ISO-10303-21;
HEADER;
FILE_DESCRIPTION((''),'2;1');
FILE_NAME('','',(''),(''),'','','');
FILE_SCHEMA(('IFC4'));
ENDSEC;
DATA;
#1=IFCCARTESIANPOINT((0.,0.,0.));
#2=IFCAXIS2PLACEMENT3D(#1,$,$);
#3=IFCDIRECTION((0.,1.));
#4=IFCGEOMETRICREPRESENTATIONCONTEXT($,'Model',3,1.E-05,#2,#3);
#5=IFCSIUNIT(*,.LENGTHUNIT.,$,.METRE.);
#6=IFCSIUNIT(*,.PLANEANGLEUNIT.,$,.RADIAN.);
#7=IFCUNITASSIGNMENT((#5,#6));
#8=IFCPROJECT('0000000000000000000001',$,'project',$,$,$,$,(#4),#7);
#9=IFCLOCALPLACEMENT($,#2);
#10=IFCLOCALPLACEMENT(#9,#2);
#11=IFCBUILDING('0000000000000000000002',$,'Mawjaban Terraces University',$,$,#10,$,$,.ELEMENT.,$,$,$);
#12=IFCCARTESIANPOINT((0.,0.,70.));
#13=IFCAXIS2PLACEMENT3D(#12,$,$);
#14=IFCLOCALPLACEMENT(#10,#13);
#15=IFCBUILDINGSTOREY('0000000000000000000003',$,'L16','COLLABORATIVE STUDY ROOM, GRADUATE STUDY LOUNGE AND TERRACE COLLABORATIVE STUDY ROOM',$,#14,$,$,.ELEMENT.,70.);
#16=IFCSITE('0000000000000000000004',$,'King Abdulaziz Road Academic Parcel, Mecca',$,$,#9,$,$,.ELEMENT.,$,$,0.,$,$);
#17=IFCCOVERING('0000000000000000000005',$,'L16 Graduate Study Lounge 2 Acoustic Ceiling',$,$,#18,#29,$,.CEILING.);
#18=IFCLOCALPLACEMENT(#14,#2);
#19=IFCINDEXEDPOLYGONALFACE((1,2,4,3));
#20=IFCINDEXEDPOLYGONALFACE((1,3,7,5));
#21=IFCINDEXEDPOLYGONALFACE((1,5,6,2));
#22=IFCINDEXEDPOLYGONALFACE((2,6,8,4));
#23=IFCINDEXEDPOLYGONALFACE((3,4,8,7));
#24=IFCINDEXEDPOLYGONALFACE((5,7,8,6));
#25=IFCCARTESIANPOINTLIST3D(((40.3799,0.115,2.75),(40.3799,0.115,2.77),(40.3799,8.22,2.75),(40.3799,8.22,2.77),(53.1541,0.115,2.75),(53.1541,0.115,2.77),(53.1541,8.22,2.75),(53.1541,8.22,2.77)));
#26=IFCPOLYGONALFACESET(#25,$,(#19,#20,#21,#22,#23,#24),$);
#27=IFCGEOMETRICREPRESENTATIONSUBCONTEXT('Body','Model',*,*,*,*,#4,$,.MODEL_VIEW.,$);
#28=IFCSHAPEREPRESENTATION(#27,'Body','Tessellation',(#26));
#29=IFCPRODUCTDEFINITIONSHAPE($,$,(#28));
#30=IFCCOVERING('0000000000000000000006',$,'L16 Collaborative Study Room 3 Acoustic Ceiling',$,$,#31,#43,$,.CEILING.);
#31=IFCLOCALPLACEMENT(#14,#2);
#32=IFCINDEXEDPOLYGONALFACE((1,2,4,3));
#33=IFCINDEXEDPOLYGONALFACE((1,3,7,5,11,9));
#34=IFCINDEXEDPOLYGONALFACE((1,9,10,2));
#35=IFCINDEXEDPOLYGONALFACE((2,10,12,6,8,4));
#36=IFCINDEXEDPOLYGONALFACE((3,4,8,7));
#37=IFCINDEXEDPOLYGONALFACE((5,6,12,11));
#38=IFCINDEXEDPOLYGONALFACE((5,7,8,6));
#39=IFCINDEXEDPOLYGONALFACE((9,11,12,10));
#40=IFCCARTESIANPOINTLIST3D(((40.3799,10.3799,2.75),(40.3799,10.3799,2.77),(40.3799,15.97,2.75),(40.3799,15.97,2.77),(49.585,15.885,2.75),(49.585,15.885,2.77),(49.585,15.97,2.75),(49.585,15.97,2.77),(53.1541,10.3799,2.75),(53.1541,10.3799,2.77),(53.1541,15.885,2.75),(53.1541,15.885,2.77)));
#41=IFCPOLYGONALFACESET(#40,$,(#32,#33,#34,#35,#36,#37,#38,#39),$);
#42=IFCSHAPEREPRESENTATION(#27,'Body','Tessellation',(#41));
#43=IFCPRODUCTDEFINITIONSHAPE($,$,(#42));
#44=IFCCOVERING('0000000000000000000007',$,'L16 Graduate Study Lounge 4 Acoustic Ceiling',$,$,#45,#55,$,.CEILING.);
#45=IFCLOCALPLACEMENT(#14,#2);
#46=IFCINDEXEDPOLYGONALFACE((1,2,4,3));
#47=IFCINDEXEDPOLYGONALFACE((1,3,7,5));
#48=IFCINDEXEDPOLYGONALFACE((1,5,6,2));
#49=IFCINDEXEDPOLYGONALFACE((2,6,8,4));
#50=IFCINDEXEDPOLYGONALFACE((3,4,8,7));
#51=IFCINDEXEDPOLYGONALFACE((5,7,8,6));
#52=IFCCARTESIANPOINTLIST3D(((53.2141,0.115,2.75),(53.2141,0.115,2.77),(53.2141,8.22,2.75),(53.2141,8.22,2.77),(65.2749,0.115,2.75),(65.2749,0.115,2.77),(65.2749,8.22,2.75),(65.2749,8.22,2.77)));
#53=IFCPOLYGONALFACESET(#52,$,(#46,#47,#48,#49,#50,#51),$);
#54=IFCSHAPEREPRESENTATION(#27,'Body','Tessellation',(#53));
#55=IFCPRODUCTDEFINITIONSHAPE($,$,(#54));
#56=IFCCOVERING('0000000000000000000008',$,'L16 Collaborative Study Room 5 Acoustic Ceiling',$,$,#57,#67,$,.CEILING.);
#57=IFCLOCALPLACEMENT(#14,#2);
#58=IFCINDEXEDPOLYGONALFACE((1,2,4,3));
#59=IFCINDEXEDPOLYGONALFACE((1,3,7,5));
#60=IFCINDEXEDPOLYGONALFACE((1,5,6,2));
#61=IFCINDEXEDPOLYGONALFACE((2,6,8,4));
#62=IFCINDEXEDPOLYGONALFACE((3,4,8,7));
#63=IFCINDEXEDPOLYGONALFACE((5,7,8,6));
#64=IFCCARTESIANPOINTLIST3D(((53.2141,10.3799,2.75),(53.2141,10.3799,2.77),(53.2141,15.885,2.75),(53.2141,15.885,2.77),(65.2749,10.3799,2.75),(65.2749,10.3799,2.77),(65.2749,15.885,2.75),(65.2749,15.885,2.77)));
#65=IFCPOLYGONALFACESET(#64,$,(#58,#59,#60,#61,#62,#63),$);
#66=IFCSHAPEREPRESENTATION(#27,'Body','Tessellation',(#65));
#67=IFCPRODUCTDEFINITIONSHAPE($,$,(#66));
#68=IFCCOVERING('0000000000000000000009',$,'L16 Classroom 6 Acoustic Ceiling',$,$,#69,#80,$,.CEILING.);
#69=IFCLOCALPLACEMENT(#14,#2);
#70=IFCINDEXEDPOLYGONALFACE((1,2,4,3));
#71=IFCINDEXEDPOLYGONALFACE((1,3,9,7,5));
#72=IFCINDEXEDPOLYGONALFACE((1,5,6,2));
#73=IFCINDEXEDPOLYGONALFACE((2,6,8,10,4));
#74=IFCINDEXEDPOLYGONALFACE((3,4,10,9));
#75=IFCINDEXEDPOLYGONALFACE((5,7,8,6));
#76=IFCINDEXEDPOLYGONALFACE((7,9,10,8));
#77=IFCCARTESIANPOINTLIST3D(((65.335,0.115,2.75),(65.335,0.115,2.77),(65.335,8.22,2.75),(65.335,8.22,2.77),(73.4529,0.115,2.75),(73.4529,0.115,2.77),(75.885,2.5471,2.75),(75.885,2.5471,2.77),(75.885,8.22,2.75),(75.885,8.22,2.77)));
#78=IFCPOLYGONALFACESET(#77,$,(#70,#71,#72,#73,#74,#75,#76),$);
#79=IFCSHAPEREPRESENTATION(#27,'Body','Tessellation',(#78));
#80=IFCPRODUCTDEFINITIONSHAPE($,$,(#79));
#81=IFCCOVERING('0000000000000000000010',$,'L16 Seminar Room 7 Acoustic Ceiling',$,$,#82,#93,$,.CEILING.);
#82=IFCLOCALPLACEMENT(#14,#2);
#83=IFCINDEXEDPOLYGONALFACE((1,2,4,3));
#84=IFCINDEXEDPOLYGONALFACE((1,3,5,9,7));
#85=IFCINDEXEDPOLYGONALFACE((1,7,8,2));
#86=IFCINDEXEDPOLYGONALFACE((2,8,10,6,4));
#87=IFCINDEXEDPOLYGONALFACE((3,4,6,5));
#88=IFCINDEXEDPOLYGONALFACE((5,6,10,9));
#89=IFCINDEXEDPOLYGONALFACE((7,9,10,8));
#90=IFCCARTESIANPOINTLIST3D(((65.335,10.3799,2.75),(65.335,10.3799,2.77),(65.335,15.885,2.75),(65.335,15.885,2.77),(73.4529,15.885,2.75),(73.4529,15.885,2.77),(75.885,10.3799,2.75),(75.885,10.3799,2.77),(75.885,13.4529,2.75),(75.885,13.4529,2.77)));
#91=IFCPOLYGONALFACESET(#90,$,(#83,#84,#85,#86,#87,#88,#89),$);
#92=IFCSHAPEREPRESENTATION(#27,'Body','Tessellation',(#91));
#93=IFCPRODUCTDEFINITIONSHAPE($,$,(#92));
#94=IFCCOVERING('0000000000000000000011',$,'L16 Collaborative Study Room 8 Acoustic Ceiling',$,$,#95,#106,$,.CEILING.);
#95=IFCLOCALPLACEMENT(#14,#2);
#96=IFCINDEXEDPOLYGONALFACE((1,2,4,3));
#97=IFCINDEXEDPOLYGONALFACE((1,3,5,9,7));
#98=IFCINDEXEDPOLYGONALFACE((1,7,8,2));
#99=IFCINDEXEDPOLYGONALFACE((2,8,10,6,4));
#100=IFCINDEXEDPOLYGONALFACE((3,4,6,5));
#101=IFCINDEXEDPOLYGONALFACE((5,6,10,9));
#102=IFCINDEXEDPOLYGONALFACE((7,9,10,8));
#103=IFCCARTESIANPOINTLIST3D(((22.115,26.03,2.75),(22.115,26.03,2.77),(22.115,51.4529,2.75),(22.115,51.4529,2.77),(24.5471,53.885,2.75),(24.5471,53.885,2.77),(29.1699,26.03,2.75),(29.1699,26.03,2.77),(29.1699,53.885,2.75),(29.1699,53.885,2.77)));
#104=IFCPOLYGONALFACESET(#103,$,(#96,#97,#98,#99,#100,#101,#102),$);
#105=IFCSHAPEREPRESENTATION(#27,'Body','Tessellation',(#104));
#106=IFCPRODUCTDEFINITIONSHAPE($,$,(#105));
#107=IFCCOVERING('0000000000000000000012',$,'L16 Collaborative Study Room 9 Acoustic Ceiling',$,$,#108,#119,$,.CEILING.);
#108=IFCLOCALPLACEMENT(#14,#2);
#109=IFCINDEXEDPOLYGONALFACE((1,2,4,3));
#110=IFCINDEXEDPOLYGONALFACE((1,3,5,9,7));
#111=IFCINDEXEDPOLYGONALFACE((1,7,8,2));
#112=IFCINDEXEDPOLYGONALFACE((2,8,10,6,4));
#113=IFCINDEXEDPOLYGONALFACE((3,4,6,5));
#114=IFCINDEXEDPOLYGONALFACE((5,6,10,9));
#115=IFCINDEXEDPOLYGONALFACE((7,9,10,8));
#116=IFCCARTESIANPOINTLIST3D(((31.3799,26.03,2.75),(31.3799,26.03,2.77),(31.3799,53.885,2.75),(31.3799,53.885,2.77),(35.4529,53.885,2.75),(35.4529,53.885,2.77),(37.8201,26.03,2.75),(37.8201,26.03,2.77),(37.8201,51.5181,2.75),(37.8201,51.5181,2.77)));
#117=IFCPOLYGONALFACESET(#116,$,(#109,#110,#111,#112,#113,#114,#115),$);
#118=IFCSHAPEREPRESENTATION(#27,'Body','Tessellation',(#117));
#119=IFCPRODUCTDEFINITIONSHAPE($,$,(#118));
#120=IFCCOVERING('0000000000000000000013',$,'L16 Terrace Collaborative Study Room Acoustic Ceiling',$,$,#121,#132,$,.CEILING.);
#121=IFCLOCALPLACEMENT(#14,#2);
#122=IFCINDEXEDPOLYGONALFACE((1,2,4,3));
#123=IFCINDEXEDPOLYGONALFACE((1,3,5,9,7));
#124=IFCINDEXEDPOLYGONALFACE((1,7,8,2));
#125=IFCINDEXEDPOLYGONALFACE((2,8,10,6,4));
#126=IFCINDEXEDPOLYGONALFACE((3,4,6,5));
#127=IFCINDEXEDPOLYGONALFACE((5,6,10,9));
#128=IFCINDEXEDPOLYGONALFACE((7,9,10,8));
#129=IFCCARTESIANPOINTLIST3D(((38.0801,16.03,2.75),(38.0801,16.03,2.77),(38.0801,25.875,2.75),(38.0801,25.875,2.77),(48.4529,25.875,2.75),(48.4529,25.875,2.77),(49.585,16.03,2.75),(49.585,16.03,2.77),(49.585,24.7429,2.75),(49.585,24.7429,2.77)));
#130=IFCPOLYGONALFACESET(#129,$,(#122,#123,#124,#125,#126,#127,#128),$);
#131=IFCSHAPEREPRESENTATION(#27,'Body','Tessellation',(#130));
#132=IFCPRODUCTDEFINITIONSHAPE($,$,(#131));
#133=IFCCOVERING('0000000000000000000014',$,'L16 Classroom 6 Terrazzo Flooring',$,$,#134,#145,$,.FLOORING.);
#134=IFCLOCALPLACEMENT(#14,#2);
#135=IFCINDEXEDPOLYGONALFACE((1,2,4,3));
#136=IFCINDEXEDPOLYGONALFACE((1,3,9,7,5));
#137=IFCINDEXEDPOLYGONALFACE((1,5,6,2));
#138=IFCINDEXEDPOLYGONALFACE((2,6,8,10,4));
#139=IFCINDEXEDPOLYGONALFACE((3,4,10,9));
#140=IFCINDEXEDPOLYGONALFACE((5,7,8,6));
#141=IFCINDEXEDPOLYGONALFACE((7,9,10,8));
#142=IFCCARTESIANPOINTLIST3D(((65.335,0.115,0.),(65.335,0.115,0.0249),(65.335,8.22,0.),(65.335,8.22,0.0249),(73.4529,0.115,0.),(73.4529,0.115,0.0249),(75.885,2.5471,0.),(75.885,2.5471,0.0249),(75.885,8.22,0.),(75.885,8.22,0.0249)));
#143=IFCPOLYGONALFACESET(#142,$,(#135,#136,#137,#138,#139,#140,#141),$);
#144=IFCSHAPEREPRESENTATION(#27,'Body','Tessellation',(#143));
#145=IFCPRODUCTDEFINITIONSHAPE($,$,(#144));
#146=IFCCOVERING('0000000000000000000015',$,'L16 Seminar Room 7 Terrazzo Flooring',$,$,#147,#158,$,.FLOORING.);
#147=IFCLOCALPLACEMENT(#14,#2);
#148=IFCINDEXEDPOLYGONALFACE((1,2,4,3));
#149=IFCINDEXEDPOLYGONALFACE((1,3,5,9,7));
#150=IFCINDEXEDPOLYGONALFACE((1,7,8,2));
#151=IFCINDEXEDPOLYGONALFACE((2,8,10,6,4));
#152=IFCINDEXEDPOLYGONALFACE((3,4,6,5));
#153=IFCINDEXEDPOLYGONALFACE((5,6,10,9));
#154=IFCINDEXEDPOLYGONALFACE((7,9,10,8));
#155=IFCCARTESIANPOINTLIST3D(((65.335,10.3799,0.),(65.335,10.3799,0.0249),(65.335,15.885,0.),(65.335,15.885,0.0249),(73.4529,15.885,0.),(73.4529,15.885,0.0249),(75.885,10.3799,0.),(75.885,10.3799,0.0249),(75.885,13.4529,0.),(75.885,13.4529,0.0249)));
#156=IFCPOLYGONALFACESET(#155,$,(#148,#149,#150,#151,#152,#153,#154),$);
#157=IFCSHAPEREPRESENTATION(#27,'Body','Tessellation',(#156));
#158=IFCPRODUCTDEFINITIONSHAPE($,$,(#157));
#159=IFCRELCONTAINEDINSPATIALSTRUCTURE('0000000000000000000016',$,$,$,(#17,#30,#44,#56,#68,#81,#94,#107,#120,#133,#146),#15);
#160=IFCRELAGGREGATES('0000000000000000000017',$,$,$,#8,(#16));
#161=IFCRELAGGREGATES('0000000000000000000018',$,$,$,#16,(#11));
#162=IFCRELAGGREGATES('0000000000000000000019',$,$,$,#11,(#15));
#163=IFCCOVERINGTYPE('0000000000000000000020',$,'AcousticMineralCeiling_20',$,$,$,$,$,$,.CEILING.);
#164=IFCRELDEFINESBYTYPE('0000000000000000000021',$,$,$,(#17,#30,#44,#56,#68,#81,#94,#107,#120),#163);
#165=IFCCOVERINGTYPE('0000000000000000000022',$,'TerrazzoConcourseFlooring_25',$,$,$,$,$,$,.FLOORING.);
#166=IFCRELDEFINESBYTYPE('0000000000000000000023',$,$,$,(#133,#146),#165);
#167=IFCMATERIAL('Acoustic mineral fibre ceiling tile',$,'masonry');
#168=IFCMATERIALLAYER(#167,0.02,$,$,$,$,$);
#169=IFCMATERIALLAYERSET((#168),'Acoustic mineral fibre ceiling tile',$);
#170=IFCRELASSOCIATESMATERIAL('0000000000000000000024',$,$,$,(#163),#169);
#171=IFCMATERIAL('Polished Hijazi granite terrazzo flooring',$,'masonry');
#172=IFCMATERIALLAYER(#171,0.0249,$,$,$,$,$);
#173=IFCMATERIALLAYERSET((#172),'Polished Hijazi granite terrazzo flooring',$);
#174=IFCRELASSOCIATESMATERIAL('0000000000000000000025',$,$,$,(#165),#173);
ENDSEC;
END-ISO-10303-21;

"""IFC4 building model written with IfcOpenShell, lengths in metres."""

from ifc_helpers import new_model, si_unit, direction, frame, origin, place, context, subcontext, project, spatial, polyline, outline, extrude, material, layer, layer_set, type_object, element, save


model = new_model("IFC4")

# Units and contexts
model_context = context("Model", 3, precision=1e-05, world=origin(), true_north=direction((0.0, 1.0)))
body_context = subcontext(model_context, "Body", "Model", "MODEL_VIEW")
ifc_project = project(units=[si_unit("LENGTHUNIT", "METRE"), si_unit("PLANEANGLEUNIT", "RADIAN")], contexts=[model_context])

# Site, building, storey
site_placement = place(None, origin())
site = spatial("IfcSite", under=ifc_project, at=site_placement, Name="King Abdulaziz Road Academic Parcel, Mecca", CompositionType="ELEMENT", RefElevation=0.0)
building_placement = place(site_placement, origin())
building = spatial("IfcBuilding", under=site, at=building_placement, Name="Mawjaban Terraces University", CompositionType="ELEMENT")
storey_placement = place(building_placement, frame((0.0, 0.0, 70.0)))
storey = spatial("IfcBuildingStorey", under=building, at=storey_placement, Name="L16", Description="COLLABORATIVE STUDY ROOM, GRADUATE STUDY LOUNGE AND TERRACE COLLABORATIVE STUDY ROOM", CompositionType="ELEMENT", Elevation=70.0)

# Coverings
ifc_material_1 = material(Name="Acoustic mineral fibre ceiling tile", Category="masonry")
ifc_layer_1 = layer(ifc_material_1, 0.02)
ifc_layer_set_1 = layer_set([ifc_layer_1], Name="Acoustic mineral fibre ceiling tile")
covering_type_1 = type_object("IfcCoveringType", Name="AcousticMineralCeiling_20", PredefinedType="CEILING", material=ifc_layer_set_1)
covering_1_placement = place(storey_placement, frame((0.0, 0.0, 2.75)))
element("IfcCovering", 1, at=covering_1_placement, inside=storey, type_object=covering_type_1, Name="L16 Graduate Study Lounge 2 Acoustic Ceiling", PredefinedType="CEILING", context=body_context, shape_type="SweptSolid", body=[
    extrude(outline(polyline([(40.3799, 0.115), (53.1541, 0.115), (53.1541, 8.22), (40.3799, 8.22), (40.3799, 0.115)])), origin(), (0.0, 0.0, 1.0), 0.02),
])
covering_2_placement = place(storey_placement, frame((0.0, 0.0, 2.75)))
element("IfcCovering", 2, at=covering_2_placement, inside=storey, type_object=covering_type_1, Name="L16 Collaborative Study Room 3 Acoustic Ceiling", PredefinedType="CEILING", context=body_context, shape_type="SweptSolid", body=[
    extrude(outline(polyline([(53.1541, 15.885), (49.585, 15.885), (49.585, 15.97), (40.3799, 15.97), (40.3799, 10.3799), (53.1541, 10.3799), (53.1541, 15.885)])), origin(), (0.0, 0.0, 1.0), 0.02),
])
covering_3_placement = place(storey_placement, frame((0.0, 0.0, 2.75)))
element("IfcCovering", 3, at=covering_3_placement, inside=storey, type_object=covering_type_1, Name="L16 Graduate Study Lounge 4 Acoustic Ceiling", PredefinedType="CEILING", context=body_context, shape_type="SweptSolid", body=[
    extrude(outline(polyline([(53.2141, 0.115), (65.2749, 0.115), (65.2749, 8.22), (53.2141, 8.22), (53.2141, 0.115)])), origin(), (0.0, 0.0, 1.0), 0.02),
])
covering_4_placement = place(storey_placement, frame((0.0, 0.0, 2.75)))
element("IfcCovering", 4, at=covering_4_placement, inside=storey, type_object=covering_type_1, Name="L16 Collaborative Study Room 5 Acoustic Ceiling", PredefinedType="CEILING", context=body_context, shape_type="SweptSolid", body=[
    extrude(outline(polyline([(65.2749, 15.885), (53.2141, 15.885), (53.2141, 10.3799), (65.2749, 10.3799), (65.2749, 15.885)])), origin(), (0.0, 0.0, 1.0), 0.02),
])
covering_5_placement = place(storey_placement, frame((0.0, 0.0, 2.75)))
element("IfcCovering", 5, at=covering_5_placement, inside=storey, type_object=covering_type_1, Name="L16 Classroom 6 Acoustic Ceiling", PredefinedType="CEILING", context=body_context, shape_type="SweptSolid", body=[
    extrude(outline(polyline([(65.335, 0.115), (73.4529, 0.115), (75.885, 2.5471), (75.885, 8.22), (65.335, 8.22), (65.335, 0.115)])), origin(), (0.0, 0.0, 1.0), 0.02),
])
covering_6_placement = place(storey_placement, frame((0.0, 0.0, 2.75)))
element("IfcCovering", 6, at=covering_6_placement, inside=storey, type_object=covering_type_1, Name="L16 Seminar Room 7 Acoustic Ceiling", PredefinedType="CEILING", context=body_context, shape_type="SweptSolid", body=[
    extrude(outline(polyline([(75.885, 10.3799), (75.885, 13.4529), (73.4529, 15.885), (65.335, 15.885), (65.335, 10.3799), (75.885, 10.3799)])), origin(), (0.0, 0.0, 1.0), 0.02),
])
covering_7_placement = place(storey_placement, frame((0.0, 0.0, 2.75)))
element("IfcCovering", 7, at=covering_7_placement, inside=storey, type_object=covering_type_1, Name="L16 Collaborative Study Room 8 Acoustic Ceiling", PredefinedType="CEILING", context=body_context, shape_type="SweptSolid", body=[
    extrude(outline(polyline([(29.1699, 53.885), (24.5471, 53.885), (22.115, 51.4529), (22.115, 26.03), (29.1699, 26.03), (29.1699, 53.885)])), origin(), (0.0, 0.0, 1.0), 0.02),
])
covering_8_placement = place(storey_placement, frame((0.0, 0.0, 2.75)))
element("IfcCovering", 8, at=covering_8_placement, inside=storey, type_object=covering_type_1, Name="L16 Collaborative Study Room 9 Acoustic Ceiling", PredefinedType="CEILING", context=body_context, shape_type="SweptSolid", body=[
    extrude(outline(polyline([(35.4529, 53.885), (31.3799, 53.885), (31.3799, 26.03), (37.8201, 26.03), (37.8201, 51.5181), (35.4529, 53.885)])), origin(), (0.0, 0.0, 1.0), 0.02),
])
covering_9_placement = place(storey_placement, frame((0.0, 0.0, 2.75)))
element("IfcCovering", 9, at=covering_9_placement, inside=storey, type_object=covering_type_1, Name="L16 Terrace Collaborative Study Room Acoustic Ceiling", PredefinedType="CEILING", context=body_context, shape_type="SweptSolid", body=[
    extrude(outline(polyline([(49.585, 16.03), (49.585, 24.7429), (48.4529, 25.875), (38.0801, 25.875), (38.0801, 16.03), (49.585, 16.03)])), origin(), (0.0, 0.0, 1.0), 0.02),
])
ifc_material_2 = material(Name="Polished Hijazi granite terrazzo flooring", Category="masonry")
ifc_layer_2 = layer(ifc_material_2, 0.0249)
ifc_layer_set_2 = layer_set([ifc_layer_2], Name="Polished Hijazi granite terrazzo flooring")
covering_type_2 = type_object("IfcCoveringType", Name="TerrazzoConcourseFlooring_25", PredefinedType="FLOORING", material=ifc_layer_set_2)
covering_10_placement = place(storey_placement, origin())
element("IfcCovering", 10, at=covering_10_placement, inside=storey, type_object=covering_type_2, Name="L16 Classroom 6 Terrazzo Flooring", PredefinedType="FLOORING", context=body_context, shape_type="SweptSolid", body=[
    extrude(outline(polyline([(65.335, 0.115), (73.4529, 0.115), (75.885, 2.5471), (75.885, 8.22), (65.335, 8.22), (65.335, 0.115)])), origin(), (0.0, 0.0, 1.0), 0.0249),
])
covering_11_placement = place(storey_placement, origin())
element("IfcCovering", 11, at=covering_11_placement, inside=storey, type_object=covering_type_2, Name="L16 Seminar Room 7 Terrazzo Flooring", PredefinedType="FLOORING", context=body_context, shape_type="SweptSolid", body=[
    extrude(outline(polyline([(75.885, 10.3799), (75.885, 13.4529), (73.4529, 15.885), (65.335, 15.885), (65.335, 10.3799), (75.885, 10.3799)])), origin(), (0.0, 0.0, 1.0), 0.0249),
])

save(model, "model.ifc")
